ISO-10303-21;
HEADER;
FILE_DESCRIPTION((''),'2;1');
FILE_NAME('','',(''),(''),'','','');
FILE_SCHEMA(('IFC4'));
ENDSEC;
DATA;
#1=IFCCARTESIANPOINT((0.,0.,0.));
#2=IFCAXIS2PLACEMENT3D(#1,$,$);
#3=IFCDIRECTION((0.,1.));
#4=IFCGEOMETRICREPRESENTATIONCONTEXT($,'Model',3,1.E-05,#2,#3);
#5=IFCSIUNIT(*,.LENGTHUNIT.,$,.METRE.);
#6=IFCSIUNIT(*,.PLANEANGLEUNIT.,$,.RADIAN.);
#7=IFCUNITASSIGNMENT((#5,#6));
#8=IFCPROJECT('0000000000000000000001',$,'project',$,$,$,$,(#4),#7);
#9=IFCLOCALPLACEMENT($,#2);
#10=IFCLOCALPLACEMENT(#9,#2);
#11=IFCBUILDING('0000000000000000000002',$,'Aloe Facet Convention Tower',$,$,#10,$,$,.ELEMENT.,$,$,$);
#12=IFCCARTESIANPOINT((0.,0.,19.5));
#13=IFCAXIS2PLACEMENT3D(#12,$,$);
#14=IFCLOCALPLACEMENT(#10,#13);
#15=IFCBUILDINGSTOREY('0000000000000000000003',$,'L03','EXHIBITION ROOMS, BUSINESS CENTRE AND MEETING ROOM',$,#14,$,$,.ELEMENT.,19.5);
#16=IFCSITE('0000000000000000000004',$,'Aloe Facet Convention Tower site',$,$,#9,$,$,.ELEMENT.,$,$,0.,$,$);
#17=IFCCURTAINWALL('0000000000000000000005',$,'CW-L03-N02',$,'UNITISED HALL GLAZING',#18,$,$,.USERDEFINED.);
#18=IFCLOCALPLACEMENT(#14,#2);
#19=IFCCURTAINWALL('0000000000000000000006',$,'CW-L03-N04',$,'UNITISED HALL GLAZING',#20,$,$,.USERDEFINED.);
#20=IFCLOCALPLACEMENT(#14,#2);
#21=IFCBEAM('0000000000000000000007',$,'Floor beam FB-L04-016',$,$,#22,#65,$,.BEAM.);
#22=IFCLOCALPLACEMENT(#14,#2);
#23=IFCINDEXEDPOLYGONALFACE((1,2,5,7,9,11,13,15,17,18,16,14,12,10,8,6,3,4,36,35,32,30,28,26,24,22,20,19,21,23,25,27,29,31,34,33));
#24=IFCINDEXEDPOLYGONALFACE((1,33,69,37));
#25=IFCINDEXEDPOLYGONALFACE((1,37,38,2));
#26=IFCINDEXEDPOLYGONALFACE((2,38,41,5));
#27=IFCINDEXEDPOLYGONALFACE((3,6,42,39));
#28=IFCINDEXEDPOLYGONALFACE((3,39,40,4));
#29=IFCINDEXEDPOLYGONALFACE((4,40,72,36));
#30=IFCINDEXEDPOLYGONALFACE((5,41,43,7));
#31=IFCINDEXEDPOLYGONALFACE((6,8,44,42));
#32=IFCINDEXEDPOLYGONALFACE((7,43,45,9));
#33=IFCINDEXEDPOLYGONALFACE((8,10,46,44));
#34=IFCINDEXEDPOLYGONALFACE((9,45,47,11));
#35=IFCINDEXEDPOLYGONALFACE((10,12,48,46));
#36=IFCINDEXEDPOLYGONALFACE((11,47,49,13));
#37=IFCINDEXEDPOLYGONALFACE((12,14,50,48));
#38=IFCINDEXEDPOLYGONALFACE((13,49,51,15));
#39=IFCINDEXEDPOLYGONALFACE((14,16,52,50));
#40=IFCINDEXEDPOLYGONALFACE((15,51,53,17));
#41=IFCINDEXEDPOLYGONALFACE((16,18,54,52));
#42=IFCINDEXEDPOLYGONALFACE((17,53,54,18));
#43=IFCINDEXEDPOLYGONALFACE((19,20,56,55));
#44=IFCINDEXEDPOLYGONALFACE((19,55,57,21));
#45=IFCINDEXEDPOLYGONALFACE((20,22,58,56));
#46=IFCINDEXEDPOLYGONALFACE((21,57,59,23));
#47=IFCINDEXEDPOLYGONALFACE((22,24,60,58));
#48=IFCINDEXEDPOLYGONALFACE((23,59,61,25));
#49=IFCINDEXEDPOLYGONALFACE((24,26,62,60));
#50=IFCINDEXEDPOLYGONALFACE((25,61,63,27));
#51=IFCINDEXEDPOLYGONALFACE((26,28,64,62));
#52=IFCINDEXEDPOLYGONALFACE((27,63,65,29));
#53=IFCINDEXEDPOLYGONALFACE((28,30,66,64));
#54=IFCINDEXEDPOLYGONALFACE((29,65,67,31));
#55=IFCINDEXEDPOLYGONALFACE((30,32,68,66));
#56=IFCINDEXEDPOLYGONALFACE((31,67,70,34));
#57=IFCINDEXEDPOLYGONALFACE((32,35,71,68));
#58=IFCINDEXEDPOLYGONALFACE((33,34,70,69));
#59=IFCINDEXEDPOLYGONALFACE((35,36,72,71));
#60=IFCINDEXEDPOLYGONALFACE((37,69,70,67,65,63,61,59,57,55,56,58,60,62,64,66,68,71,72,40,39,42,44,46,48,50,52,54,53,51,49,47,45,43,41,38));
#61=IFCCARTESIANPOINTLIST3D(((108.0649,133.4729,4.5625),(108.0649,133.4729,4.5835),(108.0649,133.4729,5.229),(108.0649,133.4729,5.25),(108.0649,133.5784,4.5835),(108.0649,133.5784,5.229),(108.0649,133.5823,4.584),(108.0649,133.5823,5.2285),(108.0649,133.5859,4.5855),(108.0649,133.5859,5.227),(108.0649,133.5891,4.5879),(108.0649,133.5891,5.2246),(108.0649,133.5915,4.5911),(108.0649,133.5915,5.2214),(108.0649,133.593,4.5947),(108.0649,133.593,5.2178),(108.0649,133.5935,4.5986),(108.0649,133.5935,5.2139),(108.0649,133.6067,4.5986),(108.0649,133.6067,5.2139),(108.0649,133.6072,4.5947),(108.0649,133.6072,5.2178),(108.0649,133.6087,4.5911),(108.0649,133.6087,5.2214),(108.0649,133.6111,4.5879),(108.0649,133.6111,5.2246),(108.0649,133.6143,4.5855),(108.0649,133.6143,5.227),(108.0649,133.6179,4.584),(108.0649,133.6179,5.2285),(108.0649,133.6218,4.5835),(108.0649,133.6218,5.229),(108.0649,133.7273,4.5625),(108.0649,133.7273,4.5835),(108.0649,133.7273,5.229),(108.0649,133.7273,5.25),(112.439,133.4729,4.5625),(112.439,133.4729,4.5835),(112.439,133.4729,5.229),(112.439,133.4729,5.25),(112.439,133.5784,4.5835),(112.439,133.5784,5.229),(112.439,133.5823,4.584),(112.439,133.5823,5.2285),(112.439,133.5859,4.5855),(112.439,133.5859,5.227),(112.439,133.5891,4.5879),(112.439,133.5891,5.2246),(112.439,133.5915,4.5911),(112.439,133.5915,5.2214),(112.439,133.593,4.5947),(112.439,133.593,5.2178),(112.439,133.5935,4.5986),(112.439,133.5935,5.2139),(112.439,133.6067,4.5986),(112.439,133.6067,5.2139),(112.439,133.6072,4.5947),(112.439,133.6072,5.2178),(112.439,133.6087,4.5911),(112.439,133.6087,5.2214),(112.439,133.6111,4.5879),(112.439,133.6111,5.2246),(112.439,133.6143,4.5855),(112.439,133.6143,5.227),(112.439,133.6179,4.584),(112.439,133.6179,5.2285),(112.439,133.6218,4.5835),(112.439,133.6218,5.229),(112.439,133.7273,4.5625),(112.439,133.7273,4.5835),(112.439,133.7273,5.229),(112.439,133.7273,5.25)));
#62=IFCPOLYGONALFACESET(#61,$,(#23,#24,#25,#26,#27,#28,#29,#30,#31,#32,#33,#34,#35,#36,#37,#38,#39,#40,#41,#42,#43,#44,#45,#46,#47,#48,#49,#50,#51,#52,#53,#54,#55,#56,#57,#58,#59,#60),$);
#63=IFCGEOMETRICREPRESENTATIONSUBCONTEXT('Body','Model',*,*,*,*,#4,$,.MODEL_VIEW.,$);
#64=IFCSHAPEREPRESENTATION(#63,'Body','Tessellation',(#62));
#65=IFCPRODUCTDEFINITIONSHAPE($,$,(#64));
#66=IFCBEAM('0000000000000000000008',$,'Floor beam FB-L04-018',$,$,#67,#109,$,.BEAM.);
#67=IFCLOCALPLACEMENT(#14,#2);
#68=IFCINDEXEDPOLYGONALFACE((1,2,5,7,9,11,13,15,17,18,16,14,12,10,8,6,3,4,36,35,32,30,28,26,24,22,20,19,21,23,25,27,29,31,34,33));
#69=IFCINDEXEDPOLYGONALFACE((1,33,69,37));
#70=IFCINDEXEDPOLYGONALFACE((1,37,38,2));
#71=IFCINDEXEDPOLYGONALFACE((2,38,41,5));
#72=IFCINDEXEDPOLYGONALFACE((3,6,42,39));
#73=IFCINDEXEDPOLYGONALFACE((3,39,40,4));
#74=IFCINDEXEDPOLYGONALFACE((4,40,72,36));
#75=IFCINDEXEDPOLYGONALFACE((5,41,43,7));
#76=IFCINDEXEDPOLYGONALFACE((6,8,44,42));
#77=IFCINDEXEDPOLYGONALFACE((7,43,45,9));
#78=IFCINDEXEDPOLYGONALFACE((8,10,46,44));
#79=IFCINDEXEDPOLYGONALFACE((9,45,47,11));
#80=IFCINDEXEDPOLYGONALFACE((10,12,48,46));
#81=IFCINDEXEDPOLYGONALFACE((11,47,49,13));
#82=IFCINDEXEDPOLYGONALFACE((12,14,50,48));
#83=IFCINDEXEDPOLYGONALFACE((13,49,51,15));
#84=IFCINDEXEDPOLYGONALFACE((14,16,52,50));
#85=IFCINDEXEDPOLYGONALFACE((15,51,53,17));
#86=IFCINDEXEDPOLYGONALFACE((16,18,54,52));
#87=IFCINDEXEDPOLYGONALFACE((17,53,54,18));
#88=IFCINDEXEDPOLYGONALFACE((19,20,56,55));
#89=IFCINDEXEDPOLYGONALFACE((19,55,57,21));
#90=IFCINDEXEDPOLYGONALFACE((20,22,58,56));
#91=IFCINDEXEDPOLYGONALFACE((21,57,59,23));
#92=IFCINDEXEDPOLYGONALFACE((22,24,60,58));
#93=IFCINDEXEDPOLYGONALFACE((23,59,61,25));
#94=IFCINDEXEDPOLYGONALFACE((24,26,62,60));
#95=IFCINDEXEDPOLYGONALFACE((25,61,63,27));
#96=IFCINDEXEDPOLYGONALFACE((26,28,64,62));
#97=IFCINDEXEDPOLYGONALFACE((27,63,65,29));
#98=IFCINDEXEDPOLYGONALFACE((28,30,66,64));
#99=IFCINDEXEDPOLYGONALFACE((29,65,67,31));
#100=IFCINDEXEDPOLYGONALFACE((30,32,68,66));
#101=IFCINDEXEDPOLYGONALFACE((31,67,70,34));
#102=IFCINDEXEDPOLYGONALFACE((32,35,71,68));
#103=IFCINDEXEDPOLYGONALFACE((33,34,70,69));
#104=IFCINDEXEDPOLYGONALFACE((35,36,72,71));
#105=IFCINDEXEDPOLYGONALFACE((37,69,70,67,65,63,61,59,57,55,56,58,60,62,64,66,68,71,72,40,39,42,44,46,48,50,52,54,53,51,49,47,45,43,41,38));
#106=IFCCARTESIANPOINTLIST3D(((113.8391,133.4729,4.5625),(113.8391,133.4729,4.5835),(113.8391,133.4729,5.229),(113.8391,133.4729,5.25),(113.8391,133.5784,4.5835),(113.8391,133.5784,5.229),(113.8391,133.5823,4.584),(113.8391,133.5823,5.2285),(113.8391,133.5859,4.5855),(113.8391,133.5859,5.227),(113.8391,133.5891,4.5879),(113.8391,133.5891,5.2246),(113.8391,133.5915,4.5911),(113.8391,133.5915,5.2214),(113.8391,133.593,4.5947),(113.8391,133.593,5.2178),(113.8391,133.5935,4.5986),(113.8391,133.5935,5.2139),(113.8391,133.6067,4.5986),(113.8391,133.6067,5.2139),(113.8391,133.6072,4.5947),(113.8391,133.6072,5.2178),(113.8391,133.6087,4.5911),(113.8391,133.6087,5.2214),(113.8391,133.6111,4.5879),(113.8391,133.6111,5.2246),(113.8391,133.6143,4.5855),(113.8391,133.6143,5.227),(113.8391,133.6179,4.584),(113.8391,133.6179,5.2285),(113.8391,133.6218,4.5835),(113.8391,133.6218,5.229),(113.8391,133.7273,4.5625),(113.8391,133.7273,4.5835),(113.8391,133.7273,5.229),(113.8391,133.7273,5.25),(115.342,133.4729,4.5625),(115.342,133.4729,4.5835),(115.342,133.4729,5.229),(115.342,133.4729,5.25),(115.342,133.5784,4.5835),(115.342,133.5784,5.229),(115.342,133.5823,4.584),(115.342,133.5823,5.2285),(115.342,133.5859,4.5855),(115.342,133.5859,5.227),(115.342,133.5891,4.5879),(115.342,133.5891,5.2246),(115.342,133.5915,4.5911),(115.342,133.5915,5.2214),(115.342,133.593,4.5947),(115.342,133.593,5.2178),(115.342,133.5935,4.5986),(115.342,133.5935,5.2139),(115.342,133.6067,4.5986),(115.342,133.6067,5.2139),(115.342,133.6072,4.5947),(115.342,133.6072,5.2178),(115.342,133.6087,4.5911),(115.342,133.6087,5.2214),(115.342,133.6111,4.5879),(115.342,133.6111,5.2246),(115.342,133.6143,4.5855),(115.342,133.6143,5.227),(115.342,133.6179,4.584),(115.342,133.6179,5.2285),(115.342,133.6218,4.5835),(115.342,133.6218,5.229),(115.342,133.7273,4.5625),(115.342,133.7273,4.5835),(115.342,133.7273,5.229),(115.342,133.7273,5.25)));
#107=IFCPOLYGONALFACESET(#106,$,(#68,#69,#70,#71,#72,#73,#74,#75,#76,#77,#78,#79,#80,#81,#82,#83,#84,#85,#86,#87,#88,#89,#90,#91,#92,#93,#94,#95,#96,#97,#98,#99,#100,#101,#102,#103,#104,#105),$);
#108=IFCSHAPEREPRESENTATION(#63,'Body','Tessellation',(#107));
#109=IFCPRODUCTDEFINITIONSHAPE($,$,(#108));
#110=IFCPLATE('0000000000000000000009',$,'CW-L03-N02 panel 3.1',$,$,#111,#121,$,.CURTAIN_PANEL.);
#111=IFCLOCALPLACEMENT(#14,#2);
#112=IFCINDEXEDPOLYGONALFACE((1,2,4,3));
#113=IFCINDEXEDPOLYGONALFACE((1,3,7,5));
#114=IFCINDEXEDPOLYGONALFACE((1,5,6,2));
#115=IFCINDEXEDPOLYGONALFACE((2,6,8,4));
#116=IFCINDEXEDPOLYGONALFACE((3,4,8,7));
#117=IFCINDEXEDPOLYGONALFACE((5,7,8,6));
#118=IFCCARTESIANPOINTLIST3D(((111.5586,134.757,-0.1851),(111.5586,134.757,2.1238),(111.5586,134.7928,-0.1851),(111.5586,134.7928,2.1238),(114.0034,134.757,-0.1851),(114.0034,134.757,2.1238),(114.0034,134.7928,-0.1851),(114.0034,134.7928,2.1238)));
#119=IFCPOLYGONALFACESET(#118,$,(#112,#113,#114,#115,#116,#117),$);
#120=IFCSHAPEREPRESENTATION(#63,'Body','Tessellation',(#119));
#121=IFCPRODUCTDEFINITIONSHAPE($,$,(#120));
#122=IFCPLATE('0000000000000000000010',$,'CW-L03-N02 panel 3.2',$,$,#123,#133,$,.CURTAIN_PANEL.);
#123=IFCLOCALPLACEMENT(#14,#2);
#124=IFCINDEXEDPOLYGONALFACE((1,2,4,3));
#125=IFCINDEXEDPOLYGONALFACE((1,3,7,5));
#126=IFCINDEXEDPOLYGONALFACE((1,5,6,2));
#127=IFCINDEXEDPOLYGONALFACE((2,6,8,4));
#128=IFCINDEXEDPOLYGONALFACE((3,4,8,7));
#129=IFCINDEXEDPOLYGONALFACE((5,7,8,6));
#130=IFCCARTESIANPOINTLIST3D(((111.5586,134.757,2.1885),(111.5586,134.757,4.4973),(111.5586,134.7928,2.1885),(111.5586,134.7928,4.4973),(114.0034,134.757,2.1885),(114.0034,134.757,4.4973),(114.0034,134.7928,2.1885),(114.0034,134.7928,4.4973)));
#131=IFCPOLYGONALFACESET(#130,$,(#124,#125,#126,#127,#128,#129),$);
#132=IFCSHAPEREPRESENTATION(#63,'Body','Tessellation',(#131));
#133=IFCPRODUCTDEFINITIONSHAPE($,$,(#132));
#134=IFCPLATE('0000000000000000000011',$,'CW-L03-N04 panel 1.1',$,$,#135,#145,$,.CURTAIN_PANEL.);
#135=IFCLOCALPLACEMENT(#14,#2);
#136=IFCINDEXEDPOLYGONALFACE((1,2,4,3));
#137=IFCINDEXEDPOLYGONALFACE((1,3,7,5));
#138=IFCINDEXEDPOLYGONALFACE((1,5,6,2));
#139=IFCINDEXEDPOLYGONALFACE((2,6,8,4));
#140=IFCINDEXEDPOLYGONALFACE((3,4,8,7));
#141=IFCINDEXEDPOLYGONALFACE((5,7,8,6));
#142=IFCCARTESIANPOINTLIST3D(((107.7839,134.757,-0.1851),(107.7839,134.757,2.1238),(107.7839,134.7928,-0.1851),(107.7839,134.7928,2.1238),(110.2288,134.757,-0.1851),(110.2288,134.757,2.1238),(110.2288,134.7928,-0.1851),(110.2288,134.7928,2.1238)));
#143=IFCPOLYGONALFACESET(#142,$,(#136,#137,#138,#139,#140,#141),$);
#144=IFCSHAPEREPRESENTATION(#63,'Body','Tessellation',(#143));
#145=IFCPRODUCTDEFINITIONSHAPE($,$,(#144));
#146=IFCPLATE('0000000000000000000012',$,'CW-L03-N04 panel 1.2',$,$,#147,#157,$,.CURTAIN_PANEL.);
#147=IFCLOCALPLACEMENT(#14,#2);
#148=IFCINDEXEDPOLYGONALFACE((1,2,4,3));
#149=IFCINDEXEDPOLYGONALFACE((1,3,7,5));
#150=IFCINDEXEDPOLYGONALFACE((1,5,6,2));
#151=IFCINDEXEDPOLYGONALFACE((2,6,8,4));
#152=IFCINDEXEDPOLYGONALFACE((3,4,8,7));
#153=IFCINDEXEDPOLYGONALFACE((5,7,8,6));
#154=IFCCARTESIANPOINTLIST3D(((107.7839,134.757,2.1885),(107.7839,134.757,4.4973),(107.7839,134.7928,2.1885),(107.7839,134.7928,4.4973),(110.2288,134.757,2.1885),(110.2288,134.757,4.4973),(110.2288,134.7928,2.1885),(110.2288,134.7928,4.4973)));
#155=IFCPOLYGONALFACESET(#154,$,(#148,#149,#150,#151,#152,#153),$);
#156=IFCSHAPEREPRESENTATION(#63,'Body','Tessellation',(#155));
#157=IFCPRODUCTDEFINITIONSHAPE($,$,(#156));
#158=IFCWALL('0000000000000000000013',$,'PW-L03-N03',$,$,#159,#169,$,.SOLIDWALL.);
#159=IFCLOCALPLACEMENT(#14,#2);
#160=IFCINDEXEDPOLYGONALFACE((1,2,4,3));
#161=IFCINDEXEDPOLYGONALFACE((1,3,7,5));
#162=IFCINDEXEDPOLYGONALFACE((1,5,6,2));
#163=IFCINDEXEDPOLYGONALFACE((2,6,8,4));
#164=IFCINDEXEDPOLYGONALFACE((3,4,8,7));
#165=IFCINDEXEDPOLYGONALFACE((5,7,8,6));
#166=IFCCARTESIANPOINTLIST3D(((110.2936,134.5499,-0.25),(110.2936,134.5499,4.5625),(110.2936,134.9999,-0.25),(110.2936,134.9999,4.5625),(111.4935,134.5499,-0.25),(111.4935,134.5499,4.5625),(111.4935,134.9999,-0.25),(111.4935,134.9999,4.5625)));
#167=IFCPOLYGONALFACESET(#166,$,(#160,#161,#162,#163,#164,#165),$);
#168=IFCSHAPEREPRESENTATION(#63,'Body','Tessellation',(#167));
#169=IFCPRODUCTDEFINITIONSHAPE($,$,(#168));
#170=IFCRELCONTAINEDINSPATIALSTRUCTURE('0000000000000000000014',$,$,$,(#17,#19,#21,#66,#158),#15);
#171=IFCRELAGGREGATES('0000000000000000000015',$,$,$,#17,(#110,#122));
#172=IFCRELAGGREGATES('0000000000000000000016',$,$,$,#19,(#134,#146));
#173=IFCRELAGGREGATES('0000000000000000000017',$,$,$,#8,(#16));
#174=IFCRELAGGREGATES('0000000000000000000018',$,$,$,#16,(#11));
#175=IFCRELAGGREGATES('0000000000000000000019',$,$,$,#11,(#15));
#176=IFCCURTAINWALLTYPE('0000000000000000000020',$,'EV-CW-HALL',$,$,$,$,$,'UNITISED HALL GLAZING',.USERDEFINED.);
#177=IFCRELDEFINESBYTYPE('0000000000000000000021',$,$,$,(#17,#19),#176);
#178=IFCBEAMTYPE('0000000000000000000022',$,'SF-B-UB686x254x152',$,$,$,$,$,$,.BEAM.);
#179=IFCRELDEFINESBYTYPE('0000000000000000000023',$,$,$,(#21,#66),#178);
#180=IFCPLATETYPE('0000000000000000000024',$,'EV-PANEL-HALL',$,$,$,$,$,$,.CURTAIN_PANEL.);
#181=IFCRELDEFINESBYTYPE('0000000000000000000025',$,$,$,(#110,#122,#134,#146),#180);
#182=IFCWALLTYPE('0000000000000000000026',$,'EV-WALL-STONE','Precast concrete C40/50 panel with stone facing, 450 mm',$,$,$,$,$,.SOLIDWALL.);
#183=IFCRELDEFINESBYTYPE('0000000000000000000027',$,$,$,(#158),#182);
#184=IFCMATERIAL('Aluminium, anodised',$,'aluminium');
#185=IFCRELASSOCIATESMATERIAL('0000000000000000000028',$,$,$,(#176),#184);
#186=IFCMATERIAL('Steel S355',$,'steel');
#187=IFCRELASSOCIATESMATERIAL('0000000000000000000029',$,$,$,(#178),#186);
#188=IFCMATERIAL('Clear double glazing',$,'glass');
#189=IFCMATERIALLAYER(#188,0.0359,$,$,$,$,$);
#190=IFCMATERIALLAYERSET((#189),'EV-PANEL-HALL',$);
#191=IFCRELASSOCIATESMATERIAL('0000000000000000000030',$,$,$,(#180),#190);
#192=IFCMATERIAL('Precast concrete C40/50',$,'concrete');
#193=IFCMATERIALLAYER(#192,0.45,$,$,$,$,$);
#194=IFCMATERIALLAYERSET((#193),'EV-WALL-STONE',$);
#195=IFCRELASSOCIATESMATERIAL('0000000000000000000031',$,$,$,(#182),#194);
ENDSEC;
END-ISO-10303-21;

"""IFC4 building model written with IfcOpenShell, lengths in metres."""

from ifc_helpers import new_model, si_unit, direction, frame, frame_2d, origin, origin_2d, place, context, subcontext, project, spatial, rectangle, i_section, extrude, material, layer, layer_set, material_profile, profile_set, type_object, element, aggregate, save


model = new_model("IFC4")

# Units and contexts
model_context = context("Model", 3, precision=1e-05, world=origin(), true_north=direction((0.0, 1.0)))
body_context = subcontext(model_context, "Body", "Model", "MODEL_VIEW")
ifc_project = project(units=[si_unit("LENGTHUNIT", "METRE"), si_unit("PLANEANGLEUNIT", "RADIAN")], contexts=[model_context])

# Site, building, storey
site_placement = place(None, origin())
site = spatial("IfcSite", under=ifc_project, at=site_placement, Name="Aloe Facet Convention Tower site", CompositionType="ELEMENT", RefElevation=0.0)
building_placement = place(site_placement, origin())
building = spatial("IfcBuilding", under=site, at=building_placement, Name="Aloe Facet Convention Tower", CompositionType="ELEMENT")
storey_placement = place(building_placement, frame((0.0, 0.0, 19.5)))
storey = spatial("IfcBuildingStorey", under=building, at=storey_placement, Name="L03", Description="EXHIBITION ROOMS, BUSINESS CENTRE AND MEETING ROOM", CompositionType="ELEMENT", Elevation=19.5)

# Curtain walls
ifc_material_1 = material(Name="Aluminium, anodised", Category="aluminium")
curtain_wall_type = type_object("IfcCurtainWallType", Name="EV-CW-HALL", ElementType="UNITISED HALL GLAZING", PredefinedType="USERDEFINED", material=ifc_material_1)
curtain_wall_1_placement = place(storey_placement, origin())
curtain_wall_1 = element("IfcCurtainWall", 1, at=curtain_wall_1_placement, inside=storey, type_object=curtain_wall_type, Name="CW-L03-N02", ObjectType="UNITISED HALL GLAZING", PredefinedType="USERDEFINED")
curtain_wall_2_placement = place(storey_placement, origin())
curtain_wall_2 = element("IfcCurtainWall", 2, at=curtain_wall_2_placement, inside=storey, type_object=curtain_wall_type, Name="CW-L03-N04", ObjectType="UNITISED HALL GLAZING", PredefinedType="USERDEFINED")

# Beams
ifc_material_2 = material(Name="Steel S355", Category="steel")
ifc_material_profile_1 = material_profile(ifc_material_2, i_section(OverallWidth=0.2544, OverallDepth=0.6875, WebThickness=0.0132, FlangeThickness=0.021, FilletRadius=0.0151, at=origin_2d()), Name="UB 686x254x152")
ifc_profile_set_1 = profile_set([ifc_material_profile_1], Name="Steel S355")
beam_type_1 = type_object("IfcBeamType", Name="SF-B-UB686x254x152", PredefinedType="BEAM", material=ifc_profile_set_1)
beam_1_placement = place(storey_placement, frame((108.0649, 133.6001, 4.9062), z_axis=(1.0, 0.0, 0.0), x_axis=(0.0, 1.0, 0.0)))
element("IfcBeam", 3, at=beam_1_placement, inside=storey, type_object=beam_type_1, Name="Floor beam FB-L04-016", PredefinedType="BEAM", context=body_context, shape_type="SweptSolid", body=[
    extrude(i_section(OverallWidth=0.2544, OverallDepth=0.6875, WebThickness=0.0132, FlangeThickness=0.021, FilletRadius=0.0151, at=origin_2d()), origin(), (0.0, 0.0, 1.0), 4.374),
])
beam_2_placement = place(storey_placement, frame((113.8391, 133.6001, 4.9062), z_axis=(1.0, 0.0, 0.0), x_axis=(0.0, 1.0, 0.0)))
element("IfcBeam", 4, at=beam_2_placement, inside=storey, type_object=beam_type_1, Name="Floor beam FB-L04-018", PredefinedType="BEAM", context=body_context, shape_type="SweptSolid", body=[
    extrude(i_section(OverallWidth=0.2544, OverallDepth=0.6875, WebThickness=0.0132, FlangeThickness=0.021, FilletRadius=0.0151, at=origin_2d()), origin(), (0.0, 0.0, 1.0), 1.5029),
])

# Plates
ifc_material_3 = material(Name="Clear double glazing", Category="glass")
ifc_layer_1 = layer(ifc_material_3, 0.0359)
ifc_layer_set_1 = layer_set([ifc_layer_1], Name="EV-PANEL-HALL")
plate_type = type_object("IfcPlateType", Name="EV-PANEL-HALL", PredefinedType="CURTAIN_PANEL", material=ifc_layer_set_1)
plate_1_placement = place(storey_placement, frame((112.781, 134.7749, -0.1851), z_axis=(0.0, 0.0, 1.0), x_axis=(-1.0, 0.0, 0.0)))
plate_1 = element("IfcPlate", 5, at=plate_1_placement, type_object=plate_type, Name="CW-L03-N02 panel 3.1", PredefinedType="CURTAIN_PANEL", context=body_context, shape_type="SweptSolid", body=[
    extrude(rectangle(XDim=2.4448, YDim=0.0359, at=origin_2d()), origin(), (0.0, 0.0, 1.0), 2.3088),
])
plate_2_placement = place(storey_placement, frame((112.781, 134.7749, 2.1885), z_axis=(0.0, 0.0, 1.0), x_axis=(-1.0, 0.0, 0.0)))
plate_2 = element("IfcPlate", 6, at=plate_2_placement, type_object=plate_type, Name="CW-L03-N02 panel 3.2", PredefinedType="CURTAIN_PANEL", context=body_context, shape_type="SweptSolid", body=[
    extrude(rectangle(XDim=2.4448, YDim=0.0359, at=origin_2d()), origin(), (0.0, 0.0, 1.0), 2.3088),
])
aggregate(curtain_wall_1, [plate_1, plate_2])
plate_3_placement = place(storey_placement, frame((109.0063, 134.7749, -0.1851), z_axis=(0.0, 0.0, 1.0), x_axis=(-1.0, 0.0, 0.0)))
plate_3 = element("IfcPlate", 7, at=plate_3_placement, type_object=plate_type, Name="CW-L03-N04 panel 1.1", PredefinedType="CURTAIN_PANEL", context=body_context, shape_type="SweptSolid", body=[
    extrude(rectangle(XDim=2.4448, YDim=0.0359, at=origin_2d()), origin(), (0.0, 0.0, 1.0), 2.3088),
])
plate_4_placement = place(storey_placement, frame((109.0063, 134.7749, 2.1885), z_axis=(0.0, 0.0, 1.0), x_axis=(-1.0, 0.0, 0.0)))
plate_4 = element("IfcPlate", 8, at=plate_4_placement, type_object=plate_type, Name="CW-L03-N04 panel 1.2", PredefinedType="CURTAIN_PANEL", context=body_context, shape_type="SweptSolid", body=[
    extrude(rectangle(XDim=2.4448, YDim=0.0359, at=origin_2d()), origin(), (0.0, 0.0, 1.0), 2.3088),
])
aggregate(curtain_wall_2, [plate_3, plate_4])

# Wall
ifc_material_4 = material(Name="Precast concrete C40/50", Category="concrete")
ifc_layer_2 = layer(ifc_material_4, 0.45)
ifc_layer_set_2 = layer_set([ifc_layer_2], Name="EV-WALL-STONE")
wall_type = type_object("IfcWallType", Name="EV-WALL-STONE", Description="Precast concrete C40/50 panel with stone facing, 450 mm", PredefinedType="SOLIDWALL", material=ifc_layer_set_2)
wall_placement = place(storey_placement, frame((111.4937, 134.7749, -0.25), z_axis=(0.0, 0.0, 1.0), x_axis=(-1.0, 0.0, 0.0)))
element("IfcWall", 9, at=wall_placement, inside=storey, type_object=wall_type, Name="PW-L03-N03", PredefinedType="SOLIDWALL", context=body_context, shape_type="SweptSolid", body=[
    extrude(rectangle(XDim=1.2, YDim=0.45, at=frame_2d((0.6001, 0.0))), origin(), (0.0, 0.0, 1.0), 4.8125),
])

save(model, "model.ifc")
